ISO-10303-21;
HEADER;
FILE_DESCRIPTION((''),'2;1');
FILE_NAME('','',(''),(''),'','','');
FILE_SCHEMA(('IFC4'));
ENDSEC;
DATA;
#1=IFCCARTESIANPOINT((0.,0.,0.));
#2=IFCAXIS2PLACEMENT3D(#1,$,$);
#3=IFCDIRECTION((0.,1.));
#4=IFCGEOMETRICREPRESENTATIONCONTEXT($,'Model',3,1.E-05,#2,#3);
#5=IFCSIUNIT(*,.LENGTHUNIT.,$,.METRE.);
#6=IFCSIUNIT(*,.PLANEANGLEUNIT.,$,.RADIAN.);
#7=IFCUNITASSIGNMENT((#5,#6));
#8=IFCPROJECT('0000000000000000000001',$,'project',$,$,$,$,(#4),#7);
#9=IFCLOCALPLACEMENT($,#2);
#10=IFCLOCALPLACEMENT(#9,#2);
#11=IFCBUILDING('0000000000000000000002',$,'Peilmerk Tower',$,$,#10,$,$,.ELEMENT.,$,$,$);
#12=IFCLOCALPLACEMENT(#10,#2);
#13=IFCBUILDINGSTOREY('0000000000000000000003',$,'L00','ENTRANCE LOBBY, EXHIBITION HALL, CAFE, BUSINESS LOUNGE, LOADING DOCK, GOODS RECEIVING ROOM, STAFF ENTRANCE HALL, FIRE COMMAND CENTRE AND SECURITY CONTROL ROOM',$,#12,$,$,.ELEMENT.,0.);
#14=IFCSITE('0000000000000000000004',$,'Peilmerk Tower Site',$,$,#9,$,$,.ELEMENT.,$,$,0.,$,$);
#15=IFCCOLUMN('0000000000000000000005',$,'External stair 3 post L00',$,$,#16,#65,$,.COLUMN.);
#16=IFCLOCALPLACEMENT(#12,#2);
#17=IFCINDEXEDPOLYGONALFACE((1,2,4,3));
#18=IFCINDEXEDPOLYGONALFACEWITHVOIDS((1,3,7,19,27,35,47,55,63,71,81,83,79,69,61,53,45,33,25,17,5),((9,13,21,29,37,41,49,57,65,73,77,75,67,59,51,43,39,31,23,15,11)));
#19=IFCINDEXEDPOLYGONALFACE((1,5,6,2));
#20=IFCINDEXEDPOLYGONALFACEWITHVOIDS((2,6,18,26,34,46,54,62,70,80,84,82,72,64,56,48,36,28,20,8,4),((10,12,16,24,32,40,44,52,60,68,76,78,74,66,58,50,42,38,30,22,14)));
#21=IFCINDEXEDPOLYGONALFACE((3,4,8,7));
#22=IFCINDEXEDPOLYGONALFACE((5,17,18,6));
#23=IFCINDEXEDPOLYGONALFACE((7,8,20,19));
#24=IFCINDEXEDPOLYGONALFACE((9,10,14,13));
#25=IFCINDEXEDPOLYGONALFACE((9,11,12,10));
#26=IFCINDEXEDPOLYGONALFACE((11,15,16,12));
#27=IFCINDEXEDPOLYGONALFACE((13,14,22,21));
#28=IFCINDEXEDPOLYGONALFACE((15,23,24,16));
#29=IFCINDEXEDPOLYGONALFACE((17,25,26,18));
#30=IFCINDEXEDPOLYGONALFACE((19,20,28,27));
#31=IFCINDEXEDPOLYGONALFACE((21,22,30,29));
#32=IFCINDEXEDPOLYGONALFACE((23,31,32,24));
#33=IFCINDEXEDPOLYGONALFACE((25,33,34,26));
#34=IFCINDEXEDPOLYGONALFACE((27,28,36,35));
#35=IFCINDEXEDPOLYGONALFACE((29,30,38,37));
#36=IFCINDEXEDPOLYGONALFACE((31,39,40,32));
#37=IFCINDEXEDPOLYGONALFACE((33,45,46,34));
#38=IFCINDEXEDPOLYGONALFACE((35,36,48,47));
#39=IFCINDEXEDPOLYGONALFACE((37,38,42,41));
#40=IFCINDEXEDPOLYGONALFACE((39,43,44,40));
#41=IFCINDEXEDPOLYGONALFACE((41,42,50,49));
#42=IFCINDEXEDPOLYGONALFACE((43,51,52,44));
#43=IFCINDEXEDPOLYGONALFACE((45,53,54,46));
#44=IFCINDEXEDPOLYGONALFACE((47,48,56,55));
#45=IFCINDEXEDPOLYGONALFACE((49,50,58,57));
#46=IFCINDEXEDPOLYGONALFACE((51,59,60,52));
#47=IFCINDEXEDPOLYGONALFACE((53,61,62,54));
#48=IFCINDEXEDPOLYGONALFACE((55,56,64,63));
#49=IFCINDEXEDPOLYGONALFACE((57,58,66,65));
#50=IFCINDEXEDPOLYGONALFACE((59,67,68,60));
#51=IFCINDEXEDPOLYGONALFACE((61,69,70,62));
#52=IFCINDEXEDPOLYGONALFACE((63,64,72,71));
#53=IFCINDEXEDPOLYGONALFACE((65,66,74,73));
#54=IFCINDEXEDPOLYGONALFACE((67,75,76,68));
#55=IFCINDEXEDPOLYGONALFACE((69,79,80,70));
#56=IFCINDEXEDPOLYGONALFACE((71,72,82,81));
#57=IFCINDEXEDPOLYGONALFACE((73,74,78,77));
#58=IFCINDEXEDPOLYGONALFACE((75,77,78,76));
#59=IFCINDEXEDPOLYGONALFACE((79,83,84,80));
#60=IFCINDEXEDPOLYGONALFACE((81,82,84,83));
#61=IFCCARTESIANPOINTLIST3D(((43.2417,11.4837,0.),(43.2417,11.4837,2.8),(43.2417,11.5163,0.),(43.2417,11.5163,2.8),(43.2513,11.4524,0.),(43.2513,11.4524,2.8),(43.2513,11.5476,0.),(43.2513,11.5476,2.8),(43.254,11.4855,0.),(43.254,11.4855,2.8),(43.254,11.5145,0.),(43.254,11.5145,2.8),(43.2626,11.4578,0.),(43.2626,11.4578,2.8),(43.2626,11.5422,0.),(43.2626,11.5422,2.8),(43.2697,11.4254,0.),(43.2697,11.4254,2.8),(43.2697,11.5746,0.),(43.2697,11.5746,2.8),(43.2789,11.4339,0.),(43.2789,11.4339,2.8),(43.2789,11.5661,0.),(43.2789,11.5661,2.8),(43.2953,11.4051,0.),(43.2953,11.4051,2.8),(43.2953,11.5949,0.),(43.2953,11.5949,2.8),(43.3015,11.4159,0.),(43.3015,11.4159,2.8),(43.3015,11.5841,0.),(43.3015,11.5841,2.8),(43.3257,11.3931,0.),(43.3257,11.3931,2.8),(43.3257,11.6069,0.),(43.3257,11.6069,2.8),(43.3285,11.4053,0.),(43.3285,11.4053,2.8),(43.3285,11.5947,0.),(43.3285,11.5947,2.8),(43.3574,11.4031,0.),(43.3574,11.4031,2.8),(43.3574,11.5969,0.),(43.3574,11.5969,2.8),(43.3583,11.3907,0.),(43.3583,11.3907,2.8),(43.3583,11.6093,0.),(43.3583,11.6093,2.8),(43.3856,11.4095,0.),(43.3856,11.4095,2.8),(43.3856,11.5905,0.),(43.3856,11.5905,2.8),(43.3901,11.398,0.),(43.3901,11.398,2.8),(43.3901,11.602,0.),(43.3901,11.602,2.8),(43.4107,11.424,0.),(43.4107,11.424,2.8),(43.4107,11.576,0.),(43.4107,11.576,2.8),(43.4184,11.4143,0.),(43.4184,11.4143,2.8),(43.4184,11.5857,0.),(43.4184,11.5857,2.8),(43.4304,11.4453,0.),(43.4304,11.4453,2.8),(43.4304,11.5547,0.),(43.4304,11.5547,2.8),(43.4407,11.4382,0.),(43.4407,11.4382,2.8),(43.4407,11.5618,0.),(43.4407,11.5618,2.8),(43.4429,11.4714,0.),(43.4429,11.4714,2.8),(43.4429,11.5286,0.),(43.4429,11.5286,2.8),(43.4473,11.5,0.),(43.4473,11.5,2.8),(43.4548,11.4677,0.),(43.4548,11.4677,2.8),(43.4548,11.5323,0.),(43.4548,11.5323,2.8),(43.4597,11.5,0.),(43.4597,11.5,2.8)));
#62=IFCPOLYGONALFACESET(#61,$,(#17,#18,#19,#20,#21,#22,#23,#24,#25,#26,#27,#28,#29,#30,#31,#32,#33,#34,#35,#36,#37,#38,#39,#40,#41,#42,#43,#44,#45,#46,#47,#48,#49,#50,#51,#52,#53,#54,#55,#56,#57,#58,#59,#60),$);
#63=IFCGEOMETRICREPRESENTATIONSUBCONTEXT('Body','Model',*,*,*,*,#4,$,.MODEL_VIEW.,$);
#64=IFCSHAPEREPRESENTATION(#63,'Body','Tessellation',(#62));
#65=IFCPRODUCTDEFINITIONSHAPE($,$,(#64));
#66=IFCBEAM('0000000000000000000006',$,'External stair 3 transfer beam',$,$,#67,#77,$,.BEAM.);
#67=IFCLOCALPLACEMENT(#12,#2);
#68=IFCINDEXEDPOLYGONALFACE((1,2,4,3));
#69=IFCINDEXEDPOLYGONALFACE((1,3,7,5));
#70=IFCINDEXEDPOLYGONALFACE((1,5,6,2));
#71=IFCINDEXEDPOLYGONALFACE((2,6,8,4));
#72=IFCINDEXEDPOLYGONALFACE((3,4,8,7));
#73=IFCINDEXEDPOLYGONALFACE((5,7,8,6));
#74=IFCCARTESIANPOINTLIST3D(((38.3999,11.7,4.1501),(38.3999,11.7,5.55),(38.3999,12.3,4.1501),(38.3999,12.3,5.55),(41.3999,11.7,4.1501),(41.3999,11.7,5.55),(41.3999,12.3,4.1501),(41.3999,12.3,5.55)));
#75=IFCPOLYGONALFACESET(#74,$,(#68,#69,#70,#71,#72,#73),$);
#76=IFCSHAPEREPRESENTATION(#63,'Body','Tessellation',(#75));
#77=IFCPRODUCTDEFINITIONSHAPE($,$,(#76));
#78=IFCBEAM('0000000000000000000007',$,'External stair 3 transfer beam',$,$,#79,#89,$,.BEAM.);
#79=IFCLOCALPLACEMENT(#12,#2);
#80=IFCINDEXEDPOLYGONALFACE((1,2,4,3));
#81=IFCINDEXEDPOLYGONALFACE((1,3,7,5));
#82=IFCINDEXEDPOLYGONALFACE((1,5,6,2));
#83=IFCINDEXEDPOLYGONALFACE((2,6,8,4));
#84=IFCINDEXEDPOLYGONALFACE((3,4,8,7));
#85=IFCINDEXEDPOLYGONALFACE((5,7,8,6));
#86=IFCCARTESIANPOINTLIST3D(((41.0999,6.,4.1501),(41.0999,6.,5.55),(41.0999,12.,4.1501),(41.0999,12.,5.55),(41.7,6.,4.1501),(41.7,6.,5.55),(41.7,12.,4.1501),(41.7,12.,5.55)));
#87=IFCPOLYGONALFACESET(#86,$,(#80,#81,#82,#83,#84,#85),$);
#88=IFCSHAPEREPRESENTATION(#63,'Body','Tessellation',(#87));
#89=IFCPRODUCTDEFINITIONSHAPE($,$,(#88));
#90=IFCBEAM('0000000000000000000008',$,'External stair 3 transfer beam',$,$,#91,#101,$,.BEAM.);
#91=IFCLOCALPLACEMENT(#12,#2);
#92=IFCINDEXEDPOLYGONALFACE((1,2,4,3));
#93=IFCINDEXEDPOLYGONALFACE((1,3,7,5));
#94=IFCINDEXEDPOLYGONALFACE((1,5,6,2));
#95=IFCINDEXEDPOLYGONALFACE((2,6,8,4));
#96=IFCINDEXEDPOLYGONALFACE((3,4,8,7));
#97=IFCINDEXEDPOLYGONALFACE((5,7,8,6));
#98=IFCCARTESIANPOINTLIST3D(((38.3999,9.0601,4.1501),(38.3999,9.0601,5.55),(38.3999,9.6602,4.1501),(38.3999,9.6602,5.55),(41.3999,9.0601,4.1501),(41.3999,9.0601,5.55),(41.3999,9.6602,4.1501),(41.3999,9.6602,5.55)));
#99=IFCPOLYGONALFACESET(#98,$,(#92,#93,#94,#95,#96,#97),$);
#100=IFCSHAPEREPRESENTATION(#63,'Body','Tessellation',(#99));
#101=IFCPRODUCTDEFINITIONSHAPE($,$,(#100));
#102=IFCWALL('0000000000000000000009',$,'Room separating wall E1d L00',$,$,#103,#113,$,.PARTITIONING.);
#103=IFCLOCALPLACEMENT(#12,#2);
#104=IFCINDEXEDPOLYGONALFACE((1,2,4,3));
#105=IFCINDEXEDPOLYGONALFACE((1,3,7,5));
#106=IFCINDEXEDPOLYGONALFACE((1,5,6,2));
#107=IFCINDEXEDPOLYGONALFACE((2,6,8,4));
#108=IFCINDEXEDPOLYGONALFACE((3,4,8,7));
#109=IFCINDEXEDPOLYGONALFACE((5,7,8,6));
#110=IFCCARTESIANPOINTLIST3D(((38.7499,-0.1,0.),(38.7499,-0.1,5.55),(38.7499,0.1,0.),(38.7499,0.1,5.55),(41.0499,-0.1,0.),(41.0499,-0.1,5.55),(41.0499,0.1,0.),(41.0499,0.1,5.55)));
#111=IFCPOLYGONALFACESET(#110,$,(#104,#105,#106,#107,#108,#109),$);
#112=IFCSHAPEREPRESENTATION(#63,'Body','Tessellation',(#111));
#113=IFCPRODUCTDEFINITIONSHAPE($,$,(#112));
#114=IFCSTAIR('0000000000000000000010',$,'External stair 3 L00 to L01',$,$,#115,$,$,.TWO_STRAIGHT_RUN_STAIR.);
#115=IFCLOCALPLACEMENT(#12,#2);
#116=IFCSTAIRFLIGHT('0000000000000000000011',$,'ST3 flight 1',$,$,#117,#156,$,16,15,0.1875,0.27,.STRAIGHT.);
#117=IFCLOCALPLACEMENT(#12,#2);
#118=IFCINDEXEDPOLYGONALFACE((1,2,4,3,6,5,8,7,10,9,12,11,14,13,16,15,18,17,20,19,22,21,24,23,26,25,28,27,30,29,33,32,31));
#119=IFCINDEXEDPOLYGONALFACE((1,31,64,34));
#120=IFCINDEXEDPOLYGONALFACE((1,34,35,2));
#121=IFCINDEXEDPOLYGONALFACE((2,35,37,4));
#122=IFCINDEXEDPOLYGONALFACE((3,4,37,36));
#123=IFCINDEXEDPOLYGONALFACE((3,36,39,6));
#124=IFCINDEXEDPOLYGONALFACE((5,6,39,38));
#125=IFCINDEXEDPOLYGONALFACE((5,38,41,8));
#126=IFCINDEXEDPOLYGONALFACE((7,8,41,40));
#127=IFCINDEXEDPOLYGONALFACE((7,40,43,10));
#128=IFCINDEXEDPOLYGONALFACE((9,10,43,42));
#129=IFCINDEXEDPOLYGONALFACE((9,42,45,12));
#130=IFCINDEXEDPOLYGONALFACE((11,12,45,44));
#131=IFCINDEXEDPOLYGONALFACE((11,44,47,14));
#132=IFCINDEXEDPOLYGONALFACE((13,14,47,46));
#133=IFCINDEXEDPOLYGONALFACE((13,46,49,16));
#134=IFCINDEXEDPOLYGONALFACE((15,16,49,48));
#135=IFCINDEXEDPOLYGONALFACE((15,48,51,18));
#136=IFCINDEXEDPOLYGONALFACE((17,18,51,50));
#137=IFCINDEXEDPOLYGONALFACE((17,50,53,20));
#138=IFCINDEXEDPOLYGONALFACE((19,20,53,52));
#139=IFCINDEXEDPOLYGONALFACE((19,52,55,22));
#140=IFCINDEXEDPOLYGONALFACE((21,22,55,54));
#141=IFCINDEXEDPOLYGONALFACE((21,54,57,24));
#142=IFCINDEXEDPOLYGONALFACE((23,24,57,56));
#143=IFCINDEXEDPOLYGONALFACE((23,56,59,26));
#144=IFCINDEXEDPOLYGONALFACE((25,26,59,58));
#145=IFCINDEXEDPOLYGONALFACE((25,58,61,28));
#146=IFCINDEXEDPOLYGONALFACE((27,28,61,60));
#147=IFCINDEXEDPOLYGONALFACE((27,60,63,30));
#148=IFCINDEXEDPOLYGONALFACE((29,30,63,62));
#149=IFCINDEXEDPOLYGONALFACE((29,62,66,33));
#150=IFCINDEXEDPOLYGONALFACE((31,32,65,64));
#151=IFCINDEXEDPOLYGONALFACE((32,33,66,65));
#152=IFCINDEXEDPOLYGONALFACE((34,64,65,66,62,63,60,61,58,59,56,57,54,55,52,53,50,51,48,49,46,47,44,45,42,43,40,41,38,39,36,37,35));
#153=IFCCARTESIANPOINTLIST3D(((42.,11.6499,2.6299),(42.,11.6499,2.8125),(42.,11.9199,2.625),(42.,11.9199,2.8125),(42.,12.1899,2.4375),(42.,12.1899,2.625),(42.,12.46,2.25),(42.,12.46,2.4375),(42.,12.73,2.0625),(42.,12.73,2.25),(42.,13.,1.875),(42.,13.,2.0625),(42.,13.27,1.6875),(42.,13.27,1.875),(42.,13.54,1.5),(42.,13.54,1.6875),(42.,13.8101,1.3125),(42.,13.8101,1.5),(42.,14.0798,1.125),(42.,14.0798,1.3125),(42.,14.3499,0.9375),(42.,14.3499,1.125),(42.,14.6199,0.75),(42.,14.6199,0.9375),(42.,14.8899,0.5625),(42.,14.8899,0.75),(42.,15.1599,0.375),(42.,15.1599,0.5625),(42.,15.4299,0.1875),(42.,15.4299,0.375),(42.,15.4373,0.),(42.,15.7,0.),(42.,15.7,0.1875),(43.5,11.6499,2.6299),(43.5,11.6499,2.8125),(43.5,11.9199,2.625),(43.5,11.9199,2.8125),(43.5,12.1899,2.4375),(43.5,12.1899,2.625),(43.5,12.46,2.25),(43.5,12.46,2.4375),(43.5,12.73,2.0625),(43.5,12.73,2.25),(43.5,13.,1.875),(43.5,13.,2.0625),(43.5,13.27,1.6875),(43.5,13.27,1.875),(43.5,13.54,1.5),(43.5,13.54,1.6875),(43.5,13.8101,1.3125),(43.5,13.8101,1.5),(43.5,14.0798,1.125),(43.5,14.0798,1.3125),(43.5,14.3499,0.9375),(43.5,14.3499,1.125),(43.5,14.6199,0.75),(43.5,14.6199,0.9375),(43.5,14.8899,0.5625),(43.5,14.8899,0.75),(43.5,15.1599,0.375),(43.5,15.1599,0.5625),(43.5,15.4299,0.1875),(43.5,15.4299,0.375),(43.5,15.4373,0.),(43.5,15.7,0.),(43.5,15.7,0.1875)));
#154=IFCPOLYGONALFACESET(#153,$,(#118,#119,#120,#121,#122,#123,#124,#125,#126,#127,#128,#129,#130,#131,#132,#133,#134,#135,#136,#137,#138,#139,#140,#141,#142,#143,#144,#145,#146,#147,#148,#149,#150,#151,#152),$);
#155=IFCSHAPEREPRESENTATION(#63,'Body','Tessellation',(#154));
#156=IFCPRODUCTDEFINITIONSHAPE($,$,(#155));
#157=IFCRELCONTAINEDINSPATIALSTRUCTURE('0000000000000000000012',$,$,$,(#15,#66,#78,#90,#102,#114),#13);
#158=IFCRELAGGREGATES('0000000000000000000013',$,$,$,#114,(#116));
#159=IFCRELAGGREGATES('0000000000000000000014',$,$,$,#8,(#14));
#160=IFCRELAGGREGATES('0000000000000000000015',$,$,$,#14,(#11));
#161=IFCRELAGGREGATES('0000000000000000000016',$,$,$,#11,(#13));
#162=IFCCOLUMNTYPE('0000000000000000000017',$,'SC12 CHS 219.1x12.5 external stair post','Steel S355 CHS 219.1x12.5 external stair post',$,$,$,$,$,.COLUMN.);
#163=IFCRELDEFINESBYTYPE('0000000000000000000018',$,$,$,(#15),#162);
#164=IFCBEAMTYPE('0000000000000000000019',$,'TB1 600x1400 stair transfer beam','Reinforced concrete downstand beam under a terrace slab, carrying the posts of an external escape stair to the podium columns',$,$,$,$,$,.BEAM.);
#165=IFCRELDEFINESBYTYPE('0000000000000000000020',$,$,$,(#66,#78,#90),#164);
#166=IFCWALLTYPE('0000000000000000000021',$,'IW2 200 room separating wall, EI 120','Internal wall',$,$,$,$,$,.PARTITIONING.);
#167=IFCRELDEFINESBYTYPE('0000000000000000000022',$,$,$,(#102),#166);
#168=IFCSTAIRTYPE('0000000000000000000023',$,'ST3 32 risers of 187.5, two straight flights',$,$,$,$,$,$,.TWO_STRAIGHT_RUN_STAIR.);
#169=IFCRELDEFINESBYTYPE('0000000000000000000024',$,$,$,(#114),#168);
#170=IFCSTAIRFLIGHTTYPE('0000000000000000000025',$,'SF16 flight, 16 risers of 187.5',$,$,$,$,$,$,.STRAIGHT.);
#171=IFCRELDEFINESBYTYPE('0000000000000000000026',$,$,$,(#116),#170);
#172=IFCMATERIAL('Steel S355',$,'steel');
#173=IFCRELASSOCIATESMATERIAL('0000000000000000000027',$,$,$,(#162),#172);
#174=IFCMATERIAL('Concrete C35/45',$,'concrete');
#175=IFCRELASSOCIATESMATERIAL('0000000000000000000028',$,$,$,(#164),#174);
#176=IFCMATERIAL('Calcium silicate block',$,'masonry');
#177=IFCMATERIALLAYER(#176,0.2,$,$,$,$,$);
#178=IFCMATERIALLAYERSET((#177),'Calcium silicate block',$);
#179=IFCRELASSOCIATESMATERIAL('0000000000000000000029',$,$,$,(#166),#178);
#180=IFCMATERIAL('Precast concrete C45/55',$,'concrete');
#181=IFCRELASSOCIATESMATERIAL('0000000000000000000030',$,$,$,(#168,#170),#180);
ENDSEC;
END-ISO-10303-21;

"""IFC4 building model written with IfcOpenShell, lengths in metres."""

from ifc_helpers import new_model, si_unit, direction, frame, frame_2d, origin, origin_2d, place, context, subcontext, project, spatial, polyline, rectangle, hollow_circle, outline, extrude, material, layer, layer_set, material_profile, profile_set, type_object, element, aggregate, save


model = new_model("IFC4")

# Units and contexts
model_context = context("Model", 3, precision=1e-05, world=origin(), true_north=direction((0.0, 1.0)))
body_context = subcontext(model_context, "Body", "Model", "MODEL_VIEW")
ifc_project = project(units=[si_unit("LENGTHUNIT", "METRE"), si_unit("PLANEANGLEUNIT", "RADIAN")], contexts=[model_context])

# Site, building, storey
site_placement = place(None, origin())
site = spatial("IfcSite", under=ifc_project, at=site_placement, Name="Peilmerk Tower Site", CompositionType="ELEMENT", RefElevation=0.0)
building_placement = place(site_placement, origin())
building = spatial("IfcBuilding", under=site, at=building_placement, Name="Peilmerk Tower", CompositionType="ELEMENT")
storey_placement = place(building_placement, origin())
storey = spatial("IfcBuildingStorey", under=building, at=storey_placement, Name="L00", Description="ENTRANCE LOBBY, EXHIBITION HALL, CAFE, BUSINESS LOUNGE, LOADING DOCK, GOODS RECEIVING ROOM, STAFF ENTRANCE HALL, FIRE COMMAND CENTRE AND SECURITY CONTROL ROOM", CompositionType="ELEMENT", Elevation=0.0)

# Column
ifc_material_1 = material(Name="Steel S355", Category="steel")
ifc_material_profile_1 = material_profile(ifc_material_1, hollow_circle(Radius=0.1096, WallThickness=0.0125, at=origin_2d()), Name="CHS 219.1x12.5")
ifc_profile_set_1 = profile_set([ifc_material_profile_1], Name="Steel S355")
column_type_1 = type_object("IfcColumnType", Name="SC12 CHS 219.1x12.5 external stair post", Description="Steel S355 CHS 219.1x12.5 external stair post", PredefinedType="COLUMN", material=ifc_profile_set_1)
for number, where, z_axis, x_axis, name in (
    (1, (43.3501, 11.5, 0.0), (0.0, 0.0, 1.0), (1.0, 0.0, 0.0), "External stair 3 post L00"),
):
    element("IfcColumn", number, at=place(storey_placement, frame(where, z_axis=z_axis, x_axis=x_axis)), inside=storey, type_object=column_type_1, Name=name, PredefinedType="COLUMN", context=body_context, shape_type="SweptSolid", body=[
        extrude(hollow_circle(Radius=0.1096, WallThickness=0.0125, at=origin_2d()), origin(), (0.0, 0.0, 1.0), 2.8),
    ])

# Beams
ifc_material_2 = material(Name="Concrete C35/45", Category="concrete")
ifc_material_profile_2 = material_profile(ifc_material_2, rectangle(XDim=0.6001, YDim=1.3999, at=origin_2d()), Name="RC 600x1400")
ifc_profile_set_2 = profile_set([ifc_material_profile_2], Name="Concrete C35/45")
beam_type = type_object("IfcBeamType", Name="TB1 600x1400 stair transfer beam", Description="Reinforced concrete downstand beam under a terrace slab, carrying the posts of an external escape stair to the podium columns", PredefinedType="BEAM", material=ifc_profile_set_2)
beam_1_placement = place(storey_placement, frame((38.3999, 12.0, 4.8501), z_axis=(1.0, 0.0, 0.0), x_axis=(0.0, 1.0, 0.0)))
element("IfcBeam", 2, at=beam_1_placement, inside=storey, type_object=beam_type, Name="External stair 3 transfer beam", PredefinedType="BEAM", context=body_context, shape_type="SweptSolid", body=[
    extrude(rectangle(XDim=0.6001, YDim=1.3999, at=origin_2d()), origin(), (0.0, 0.0, 1.0), 3.0),
])
beam_2_placement = place(storey_placement, frame((41.3999, 6.0, 4.8501), z_axis=(0.0, 1.0, 0.0), x_axis=(-1.0, 0.0, 0.0)))
element("IfcBeam", 3, at=beam_2_placement, inside=storey, type_object=beam_type, Name="External stair 3 transfer beam", PredefinedType="BEAM", context=body_context, shape_type="SweptSolid", body=[
    extrude(rectangle(XDim=0.6001, YDim=1.3999, at=origin_2d()), origin(), (0.0, 0.0, 1.0), 6.0),
])
beam_3_placement = place(storey_placement, frame((38.3999, 9.3601, 4.8501), z_axis=(1.0, 0.0, 0.0), x_axis=(0.0, 1.0, 0.0)))
element("IfcBeam", 4, at=beam_3_placement, inside=storey, type_object=beam_type, Name="External stair 3 transfer beam", PredefinedType="BEAM", context=body_context, shape_type="SweptSolid", body=[
    extrude(rectangle(XDim=0.6001, YDim=1.3999, at=origin_2d()), origin(), (0.0, 0.0, 1.0), 3.0),
])

# Wall
ifc_material_3 = material(Name="Calcium silicate block", Category="masonry")
ifc_layer_1 = layer(ifc_material_3, 0.2)
ifc_layer_set_1 = layer_set([ifc_layer_1], Name="Calcium silicate block")
wall_type = type_object("IfcWallType", Name="IW2 200 room separating wall, EI 120", Description="Internal wall", PredefinedType="PARTITIONING", material=ifc_layer_set_1)
wall_placement = place(storey_placement, frame((38.75, 0.0, 0.0), z_axis=(0.0, 0.0, 1.0), x_axis=(1.0, 0.0, 0.0)))
element("IfcWall", 5, at=wall_placement, inside=storey, type_object=wall_type, Name="Room separating wall E1d L00", PredefinedType="PARTITIONING", context=body_context, shape_type="SweptSolid", body=[
    extrude(rectangle(XDim=2.3, YDim=0.2, at=frame_2d((1.1499, 0.0))), origin(), (0.0, 0.0, 1.0), 5.55),
])

# Stair, stair flight
ifc_material_4 = material(Name="Precast concrete C45/55", Category="concrete")
stair_type = type_object("IfcStairType", Name="ST3 32 risers of 187.5, two straight flights", PredefinedType="TWO_STRAIGHT_RUN_STAIR", material=ifc_material_4)
stair_placement = place(storey_placement, origin())
stair = element("IfcStair", 6, at=stair_placement, inside=storey, type_object=stair_type, Name="External stair 3 L00 to L01", PredefinedType="TWO_STRAIGHT_RUN_STAIR")
stair_flight_type = type_object("IfcStairFlightType", Name="SF16 flight, 16 risers of 187.5", PredefinedType="STRAIGHT", material=ifc_material_4)
stair_flight_1_placement = place(storey_placement, frame((42.75, 15.7, 0.0), z_axis=(0.0, 0.0, 1.0), x_axis=(0.0, -1.0, 0.0)))
stair_flight_1 = element("IfcStairFlight", 7, at=stair_flight_1_placement, type_object=stair_flight_type, Name="ST3 flight 1", NumberOfRisers=16, NumberOfTreads=15, PredefinedType="STRAIGHT", RiserHeight=0.1875, TreadLength=0.27, context=body_context, shape_type="SweptSolid", body=[
    extrude(outline(polyline([(0.0, 0.0), (0.0, 0.1875), (0.27, 0.1875), (0.27, 0.375), (0.54, 0.375), (0.54, 0.5625), (0.8101, 0.5625), (0.8101, 0.75), (1.0801, 0.75), (1.0801, 0.9375), (1.3501, 0.9375), (1.3501, 1.125), (1.6201, 1.125), (1.6201, 1.3125), (1.8899, 1.3125), (1.8899, 1.5), (2.1599, 1.5), (2.1599, 1.6875), (2.4299, 1.6875), (2.4299, 1.875), (2.7, 1.875), (2.7, 2.0625), (2.97, 2.0625), (2.97, 2.25), (3.24, 2.25), (3.24, 2.4375), (3.51, 2.4375), (3.51, 2.625), (3.78, 2.625), (3.78, 2.8125), (4.05, 2.8125), (4.05, 3.0), (4.05, 2.6299), (0.2627, 0.0), (0.0, 0.0)])), frame((0.0, 0.75, 0.0), z_axis=(0.0, -1.0, 0.0), x_axis=(1.0, 0.0, 0.0)), (0.0, 0.0, 1.0), 1.5),
])
aggregate(stair, [stair_flight_1])

save(model, "model.ifc")
